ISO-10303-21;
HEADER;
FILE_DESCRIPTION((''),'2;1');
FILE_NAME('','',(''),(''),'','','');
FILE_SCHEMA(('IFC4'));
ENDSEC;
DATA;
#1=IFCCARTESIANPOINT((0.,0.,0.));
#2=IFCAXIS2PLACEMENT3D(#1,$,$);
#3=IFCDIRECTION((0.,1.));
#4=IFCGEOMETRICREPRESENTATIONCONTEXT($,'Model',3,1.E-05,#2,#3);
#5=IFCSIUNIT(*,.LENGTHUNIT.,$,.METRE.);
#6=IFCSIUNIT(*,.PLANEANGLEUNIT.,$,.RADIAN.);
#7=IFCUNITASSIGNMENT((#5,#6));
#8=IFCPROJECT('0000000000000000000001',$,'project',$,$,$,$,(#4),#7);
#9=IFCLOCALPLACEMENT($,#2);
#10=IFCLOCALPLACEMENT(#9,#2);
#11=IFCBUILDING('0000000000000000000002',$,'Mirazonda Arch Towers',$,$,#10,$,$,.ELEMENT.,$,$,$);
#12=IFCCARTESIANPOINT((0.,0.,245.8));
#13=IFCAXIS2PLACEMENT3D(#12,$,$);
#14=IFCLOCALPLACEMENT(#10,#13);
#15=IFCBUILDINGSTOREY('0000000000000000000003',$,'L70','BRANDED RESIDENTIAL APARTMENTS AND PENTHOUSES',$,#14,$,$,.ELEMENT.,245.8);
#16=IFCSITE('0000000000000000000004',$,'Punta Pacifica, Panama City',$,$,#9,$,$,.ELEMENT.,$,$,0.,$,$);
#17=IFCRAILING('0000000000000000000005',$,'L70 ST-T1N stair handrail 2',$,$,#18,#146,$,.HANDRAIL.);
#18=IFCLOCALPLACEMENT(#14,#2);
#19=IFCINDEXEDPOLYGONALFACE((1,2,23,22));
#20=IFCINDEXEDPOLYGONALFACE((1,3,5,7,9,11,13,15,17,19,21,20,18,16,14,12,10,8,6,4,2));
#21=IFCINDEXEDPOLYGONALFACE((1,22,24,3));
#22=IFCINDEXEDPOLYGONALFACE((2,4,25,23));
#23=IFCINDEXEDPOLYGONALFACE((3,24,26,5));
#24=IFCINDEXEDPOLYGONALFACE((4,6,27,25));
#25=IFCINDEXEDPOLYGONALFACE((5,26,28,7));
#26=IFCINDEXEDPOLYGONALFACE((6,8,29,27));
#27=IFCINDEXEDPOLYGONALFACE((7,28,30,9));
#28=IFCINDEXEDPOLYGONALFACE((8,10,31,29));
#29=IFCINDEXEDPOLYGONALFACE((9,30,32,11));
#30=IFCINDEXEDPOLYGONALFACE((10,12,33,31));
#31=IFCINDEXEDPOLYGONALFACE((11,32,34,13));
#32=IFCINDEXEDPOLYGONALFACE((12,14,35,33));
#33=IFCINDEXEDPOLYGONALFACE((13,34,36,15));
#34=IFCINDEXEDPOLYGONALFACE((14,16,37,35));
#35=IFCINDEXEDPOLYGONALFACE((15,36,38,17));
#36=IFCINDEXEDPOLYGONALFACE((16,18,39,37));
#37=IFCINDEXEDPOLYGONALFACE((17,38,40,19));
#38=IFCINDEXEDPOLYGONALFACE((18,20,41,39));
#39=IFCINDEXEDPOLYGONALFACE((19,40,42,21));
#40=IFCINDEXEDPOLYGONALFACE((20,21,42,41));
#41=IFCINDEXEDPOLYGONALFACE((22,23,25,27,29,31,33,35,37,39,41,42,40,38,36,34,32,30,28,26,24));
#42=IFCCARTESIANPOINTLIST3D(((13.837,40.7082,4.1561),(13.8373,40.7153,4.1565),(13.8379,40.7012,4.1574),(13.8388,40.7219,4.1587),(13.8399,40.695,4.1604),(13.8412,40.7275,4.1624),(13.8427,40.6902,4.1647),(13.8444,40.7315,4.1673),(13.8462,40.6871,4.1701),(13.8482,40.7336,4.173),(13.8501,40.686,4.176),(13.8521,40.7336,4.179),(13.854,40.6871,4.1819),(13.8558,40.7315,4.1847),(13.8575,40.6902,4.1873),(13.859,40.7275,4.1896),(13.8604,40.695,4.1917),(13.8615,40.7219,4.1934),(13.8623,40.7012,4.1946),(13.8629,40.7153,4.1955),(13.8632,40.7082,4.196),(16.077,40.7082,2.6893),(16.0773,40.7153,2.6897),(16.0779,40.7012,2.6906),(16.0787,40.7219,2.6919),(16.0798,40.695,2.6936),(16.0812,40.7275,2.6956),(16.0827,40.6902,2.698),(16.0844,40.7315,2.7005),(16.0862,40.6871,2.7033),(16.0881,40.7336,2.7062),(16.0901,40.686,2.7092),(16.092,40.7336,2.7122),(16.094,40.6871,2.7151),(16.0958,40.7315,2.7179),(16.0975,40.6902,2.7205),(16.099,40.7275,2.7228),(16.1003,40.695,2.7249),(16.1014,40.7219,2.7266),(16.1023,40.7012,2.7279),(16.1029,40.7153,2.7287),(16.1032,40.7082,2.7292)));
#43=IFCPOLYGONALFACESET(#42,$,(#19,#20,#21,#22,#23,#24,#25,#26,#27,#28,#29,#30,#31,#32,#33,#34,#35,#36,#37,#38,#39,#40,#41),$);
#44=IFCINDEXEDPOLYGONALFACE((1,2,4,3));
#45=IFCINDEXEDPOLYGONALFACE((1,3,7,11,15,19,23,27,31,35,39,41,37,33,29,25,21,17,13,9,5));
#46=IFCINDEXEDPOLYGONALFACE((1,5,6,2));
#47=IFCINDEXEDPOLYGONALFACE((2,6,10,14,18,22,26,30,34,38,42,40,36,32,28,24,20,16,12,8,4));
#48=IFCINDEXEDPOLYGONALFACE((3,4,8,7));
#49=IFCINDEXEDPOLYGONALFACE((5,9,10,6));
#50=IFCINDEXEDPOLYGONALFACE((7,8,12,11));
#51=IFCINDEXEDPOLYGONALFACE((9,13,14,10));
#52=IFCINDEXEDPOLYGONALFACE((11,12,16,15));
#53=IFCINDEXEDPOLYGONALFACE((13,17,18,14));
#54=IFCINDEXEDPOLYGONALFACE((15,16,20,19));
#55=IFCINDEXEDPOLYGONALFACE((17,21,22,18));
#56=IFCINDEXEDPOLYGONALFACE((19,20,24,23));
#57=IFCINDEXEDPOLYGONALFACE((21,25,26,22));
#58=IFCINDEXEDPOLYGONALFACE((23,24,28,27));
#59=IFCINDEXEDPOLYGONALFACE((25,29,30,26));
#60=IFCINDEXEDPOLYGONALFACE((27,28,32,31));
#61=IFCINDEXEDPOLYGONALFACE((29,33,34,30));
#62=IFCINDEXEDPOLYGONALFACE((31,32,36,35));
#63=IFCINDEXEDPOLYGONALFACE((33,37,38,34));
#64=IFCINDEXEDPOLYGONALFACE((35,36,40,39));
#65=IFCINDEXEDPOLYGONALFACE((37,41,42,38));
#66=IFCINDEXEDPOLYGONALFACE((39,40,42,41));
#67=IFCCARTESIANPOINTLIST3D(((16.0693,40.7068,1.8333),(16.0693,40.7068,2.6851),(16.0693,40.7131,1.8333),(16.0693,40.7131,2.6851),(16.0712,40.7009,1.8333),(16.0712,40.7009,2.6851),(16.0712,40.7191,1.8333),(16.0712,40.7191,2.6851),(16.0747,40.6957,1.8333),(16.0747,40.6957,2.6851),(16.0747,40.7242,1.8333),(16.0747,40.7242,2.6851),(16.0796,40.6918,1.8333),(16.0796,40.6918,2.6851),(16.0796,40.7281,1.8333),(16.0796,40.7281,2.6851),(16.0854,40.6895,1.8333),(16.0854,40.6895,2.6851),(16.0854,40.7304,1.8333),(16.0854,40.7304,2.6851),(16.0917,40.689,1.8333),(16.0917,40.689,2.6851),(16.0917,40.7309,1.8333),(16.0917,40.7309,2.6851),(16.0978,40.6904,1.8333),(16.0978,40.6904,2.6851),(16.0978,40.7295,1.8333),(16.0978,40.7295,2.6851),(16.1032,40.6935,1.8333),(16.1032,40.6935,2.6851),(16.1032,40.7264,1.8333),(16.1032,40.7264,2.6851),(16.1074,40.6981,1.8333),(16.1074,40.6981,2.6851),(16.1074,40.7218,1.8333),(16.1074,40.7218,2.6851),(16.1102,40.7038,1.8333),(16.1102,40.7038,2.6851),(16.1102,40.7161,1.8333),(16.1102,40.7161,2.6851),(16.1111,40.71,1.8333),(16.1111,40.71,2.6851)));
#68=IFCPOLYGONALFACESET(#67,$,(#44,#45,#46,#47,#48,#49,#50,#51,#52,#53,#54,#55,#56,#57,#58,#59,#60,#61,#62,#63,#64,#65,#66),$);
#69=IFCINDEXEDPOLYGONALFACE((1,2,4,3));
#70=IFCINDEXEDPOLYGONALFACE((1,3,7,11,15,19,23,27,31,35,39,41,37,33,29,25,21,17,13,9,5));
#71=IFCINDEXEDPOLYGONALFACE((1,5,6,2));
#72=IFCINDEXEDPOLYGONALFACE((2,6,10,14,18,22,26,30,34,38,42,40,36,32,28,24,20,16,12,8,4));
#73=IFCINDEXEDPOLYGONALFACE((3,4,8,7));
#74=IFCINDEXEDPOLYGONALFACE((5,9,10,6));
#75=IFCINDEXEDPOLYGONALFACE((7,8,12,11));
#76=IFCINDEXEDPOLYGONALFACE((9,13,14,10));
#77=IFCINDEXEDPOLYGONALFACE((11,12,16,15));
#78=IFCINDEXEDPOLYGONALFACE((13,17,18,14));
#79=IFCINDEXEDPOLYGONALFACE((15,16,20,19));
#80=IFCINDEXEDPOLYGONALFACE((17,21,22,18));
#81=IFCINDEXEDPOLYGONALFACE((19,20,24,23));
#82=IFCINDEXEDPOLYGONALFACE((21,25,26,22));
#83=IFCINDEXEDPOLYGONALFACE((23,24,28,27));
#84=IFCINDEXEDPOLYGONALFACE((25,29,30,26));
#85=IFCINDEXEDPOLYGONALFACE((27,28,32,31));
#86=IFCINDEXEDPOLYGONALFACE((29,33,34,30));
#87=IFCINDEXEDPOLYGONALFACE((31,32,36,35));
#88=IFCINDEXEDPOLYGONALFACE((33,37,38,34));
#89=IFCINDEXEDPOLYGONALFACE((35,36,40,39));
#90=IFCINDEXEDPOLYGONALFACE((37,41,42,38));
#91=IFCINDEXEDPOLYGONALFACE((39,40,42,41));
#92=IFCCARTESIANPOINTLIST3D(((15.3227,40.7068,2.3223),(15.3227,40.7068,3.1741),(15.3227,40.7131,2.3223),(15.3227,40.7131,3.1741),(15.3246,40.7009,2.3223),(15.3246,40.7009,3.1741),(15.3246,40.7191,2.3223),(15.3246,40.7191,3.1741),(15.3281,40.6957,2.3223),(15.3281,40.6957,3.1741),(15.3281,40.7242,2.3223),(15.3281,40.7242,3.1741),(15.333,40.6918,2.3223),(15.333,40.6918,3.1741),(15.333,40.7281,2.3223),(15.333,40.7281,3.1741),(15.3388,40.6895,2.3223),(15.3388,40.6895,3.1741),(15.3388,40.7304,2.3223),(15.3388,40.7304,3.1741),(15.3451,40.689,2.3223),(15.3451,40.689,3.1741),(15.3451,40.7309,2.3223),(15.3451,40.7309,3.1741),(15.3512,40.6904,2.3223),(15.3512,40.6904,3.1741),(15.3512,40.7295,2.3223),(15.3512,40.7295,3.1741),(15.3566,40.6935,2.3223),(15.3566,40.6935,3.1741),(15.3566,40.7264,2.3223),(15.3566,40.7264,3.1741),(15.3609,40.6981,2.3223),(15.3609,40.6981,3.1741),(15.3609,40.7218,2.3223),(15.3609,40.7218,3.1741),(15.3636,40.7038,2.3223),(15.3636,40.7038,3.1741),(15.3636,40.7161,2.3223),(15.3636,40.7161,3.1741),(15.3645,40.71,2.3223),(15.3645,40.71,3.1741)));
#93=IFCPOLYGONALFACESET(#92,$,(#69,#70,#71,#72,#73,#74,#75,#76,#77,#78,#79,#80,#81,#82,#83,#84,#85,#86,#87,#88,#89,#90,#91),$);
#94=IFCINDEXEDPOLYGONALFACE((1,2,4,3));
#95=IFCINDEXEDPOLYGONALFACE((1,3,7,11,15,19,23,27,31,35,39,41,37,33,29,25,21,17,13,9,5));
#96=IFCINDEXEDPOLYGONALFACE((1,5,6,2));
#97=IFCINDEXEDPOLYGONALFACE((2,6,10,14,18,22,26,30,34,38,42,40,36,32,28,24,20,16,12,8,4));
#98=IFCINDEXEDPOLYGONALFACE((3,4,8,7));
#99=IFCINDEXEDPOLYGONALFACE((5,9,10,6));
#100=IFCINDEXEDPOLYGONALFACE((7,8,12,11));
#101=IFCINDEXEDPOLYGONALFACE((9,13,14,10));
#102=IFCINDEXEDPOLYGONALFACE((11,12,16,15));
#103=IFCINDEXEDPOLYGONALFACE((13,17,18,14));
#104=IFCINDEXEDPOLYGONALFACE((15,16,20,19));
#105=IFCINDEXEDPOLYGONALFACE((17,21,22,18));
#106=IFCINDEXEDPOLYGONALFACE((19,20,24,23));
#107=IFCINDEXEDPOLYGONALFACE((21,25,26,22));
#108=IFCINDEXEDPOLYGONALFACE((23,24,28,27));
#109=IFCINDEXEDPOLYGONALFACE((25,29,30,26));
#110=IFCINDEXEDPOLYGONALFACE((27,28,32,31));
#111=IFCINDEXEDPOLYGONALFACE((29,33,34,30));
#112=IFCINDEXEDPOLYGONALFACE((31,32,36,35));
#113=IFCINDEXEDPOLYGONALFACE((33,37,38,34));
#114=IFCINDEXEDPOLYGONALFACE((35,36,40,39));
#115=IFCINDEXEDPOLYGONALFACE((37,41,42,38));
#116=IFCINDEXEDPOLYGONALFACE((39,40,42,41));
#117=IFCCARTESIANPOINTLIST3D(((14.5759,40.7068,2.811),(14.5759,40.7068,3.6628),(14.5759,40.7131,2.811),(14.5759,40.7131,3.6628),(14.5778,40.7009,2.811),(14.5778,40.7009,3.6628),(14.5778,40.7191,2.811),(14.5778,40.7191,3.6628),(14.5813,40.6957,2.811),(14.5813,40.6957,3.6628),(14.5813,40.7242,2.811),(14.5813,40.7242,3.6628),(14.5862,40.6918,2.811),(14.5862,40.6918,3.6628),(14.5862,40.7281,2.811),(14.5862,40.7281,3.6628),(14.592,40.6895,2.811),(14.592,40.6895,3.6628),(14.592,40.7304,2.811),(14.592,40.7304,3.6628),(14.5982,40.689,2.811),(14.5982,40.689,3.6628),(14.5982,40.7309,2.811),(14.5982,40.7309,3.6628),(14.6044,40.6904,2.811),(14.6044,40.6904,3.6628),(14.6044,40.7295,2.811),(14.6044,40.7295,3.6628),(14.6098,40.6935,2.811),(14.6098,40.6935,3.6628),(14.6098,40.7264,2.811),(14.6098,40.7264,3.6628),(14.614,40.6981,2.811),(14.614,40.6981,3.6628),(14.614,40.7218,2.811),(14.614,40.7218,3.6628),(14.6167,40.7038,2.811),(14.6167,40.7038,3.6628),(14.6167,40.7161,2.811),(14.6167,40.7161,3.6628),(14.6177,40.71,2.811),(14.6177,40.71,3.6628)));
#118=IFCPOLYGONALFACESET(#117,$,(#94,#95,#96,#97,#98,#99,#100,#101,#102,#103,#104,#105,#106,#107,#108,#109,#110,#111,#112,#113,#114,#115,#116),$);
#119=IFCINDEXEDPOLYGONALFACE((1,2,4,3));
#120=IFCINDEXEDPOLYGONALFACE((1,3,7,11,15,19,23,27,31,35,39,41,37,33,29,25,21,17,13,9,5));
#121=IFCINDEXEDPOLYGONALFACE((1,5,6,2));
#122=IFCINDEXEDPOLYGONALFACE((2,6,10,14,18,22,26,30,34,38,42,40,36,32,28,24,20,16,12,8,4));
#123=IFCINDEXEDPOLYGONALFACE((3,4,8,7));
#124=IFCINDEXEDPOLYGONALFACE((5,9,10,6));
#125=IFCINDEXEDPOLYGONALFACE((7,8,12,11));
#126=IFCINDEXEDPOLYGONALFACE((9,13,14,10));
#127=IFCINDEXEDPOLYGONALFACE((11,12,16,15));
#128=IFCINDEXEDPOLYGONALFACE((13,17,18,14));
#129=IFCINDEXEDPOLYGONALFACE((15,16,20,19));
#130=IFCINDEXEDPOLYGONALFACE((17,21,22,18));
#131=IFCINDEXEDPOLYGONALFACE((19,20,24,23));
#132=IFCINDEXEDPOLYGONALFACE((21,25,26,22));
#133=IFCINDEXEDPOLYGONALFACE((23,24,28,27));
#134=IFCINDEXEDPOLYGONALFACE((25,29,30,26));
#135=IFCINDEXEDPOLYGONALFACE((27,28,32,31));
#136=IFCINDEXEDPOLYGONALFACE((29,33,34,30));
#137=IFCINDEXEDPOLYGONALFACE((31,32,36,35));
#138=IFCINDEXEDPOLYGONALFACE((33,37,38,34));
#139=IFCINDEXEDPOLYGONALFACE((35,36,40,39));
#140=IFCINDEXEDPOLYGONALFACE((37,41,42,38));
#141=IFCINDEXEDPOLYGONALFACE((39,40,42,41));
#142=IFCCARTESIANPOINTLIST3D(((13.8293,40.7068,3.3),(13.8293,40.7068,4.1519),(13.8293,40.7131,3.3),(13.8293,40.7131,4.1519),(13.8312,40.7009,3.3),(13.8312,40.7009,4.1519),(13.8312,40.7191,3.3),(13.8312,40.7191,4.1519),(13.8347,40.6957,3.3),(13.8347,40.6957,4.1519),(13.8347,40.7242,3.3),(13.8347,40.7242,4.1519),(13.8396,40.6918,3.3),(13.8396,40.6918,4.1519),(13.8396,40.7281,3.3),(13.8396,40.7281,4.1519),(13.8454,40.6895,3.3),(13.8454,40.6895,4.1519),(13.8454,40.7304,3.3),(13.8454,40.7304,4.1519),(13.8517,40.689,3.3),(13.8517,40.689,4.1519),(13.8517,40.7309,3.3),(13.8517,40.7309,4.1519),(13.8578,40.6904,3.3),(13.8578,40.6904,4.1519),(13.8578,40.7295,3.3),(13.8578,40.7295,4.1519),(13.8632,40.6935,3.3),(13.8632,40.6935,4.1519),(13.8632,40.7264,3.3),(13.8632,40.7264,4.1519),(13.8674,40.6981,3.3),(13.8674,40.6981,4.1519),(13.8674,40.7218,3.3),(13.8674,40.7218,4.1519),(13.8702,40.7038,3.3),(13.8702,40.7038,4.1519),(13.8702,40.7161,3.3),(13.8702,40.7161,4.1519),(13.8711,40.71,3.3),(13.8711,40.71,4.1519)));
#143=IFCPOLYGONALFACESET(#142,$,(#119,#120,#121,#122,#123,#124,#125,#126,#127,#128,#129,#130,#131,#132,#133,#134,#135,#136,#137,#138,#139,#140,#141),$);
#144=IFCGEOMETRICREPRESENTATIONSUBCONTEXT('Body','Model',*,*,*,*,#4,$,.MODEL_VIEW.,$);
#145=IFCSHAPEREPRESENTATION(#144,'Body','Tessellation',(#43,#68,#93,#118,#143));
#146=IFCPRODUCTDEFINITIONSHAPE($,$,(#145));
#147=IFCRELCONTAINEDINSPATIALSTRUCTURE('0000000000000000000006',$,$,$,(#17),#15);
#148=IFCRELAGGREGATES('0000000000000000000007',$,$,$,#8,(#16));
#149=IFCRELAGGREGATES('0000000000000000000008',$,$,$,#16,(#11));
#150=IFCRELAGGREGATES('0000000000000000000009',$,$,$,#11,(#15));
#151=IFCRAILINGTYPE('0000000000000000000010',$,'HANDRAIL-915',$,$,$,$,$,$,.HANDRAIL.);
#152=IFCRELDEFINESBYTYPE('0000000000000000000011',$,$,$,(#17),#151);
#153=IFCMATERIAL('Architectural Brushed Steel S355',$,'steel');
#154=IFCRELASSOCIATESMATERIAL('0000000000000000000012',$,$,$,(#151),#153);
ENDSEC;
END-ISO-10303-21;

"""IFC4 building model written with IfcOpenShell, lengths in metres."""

from ifc_helpers import new_model, si_unit, direction, frame, origin, origin_2d, place, context, subcontext, project, spatial, circle, extrude, material, type_object, element, save


model = new_model("IFC4")

# Units and contexts
model_context = context("Model", 3, precision=1e-05, world=origin(), true_north=direction((0.0, 1.0)))
body_context = subcontext(model_context, "Body", "Model", "MODEL_VIEW")
ifc_project = project(units=[si_unit("LENGTHUNIT", "METRE"), si_unit("PLANEANGLEUNIT", "RADIAN")], contexts=[model_context])

# Site, building, storey
site_placement = place(None, origin())
site = spatial("IfcSite", under=ifc_project, at=site_placement, Name="Punta Pacifica, Panama City", CompositionType="ELEMENT", RefElevation=0.0)
building_placement = place(site_placement, origin())
building = spatial("IfcBuilding", under=site, at=building_placement, Name="Mirazonda Arch Towers", CompositionType="ELEMENT")
storey_placement = place(building_placement, frame((0.0, 0.0, 245.8)))
storey = spatial("IfcBuildingStorey", under=building, at=storey_placement, Name="L70", Description="BRANDED RESIDENTIAL APARTMENTS AND PENTHOUSES", CompositionType="ELEMENT", Elevation=245.8)

# Railing
ifc_material_1 = material(Name="Architectural Brushed Steel S355", Category="steel")
railing_type_1 = type_object("IfcRailingType", Name="HANDRAIL-915", PredefinedType="HANDRAIL", material=ifc_material_1)
railing_1_placement = place(storey_placement, frame((16.0901, 40.71, 1.8333)))
element("IfcRailing", 1, at=railing_1_placement, inside=storey, type_object=railing_type_1, Name="L70 ST-T1N stair handrail 2", PredefinedType="HANDRAIL", context=body_context, shape_type="SweptSolid", body=[
    extrude(circle(Radius=0.0239, at=origin_2d()), frame((0.0, 0.0, 0.876), z_axis=(-0.836595, 0.0, 0.547822), x_axis=(0.0, -1.0, 0.0)), (0.0, 0.0, 1.0), 2.6775),
    extrude(circle(Radius=0.021, at=origin_2d()), origin(), (0.0, 0.0, 1.0), 0.8518),
    extrude(circle(Radius=0.021, at=origin_2d()), frame((-0.7466, 0.0, 0.489)), (0.0, 0.0, 1.0), 0.8518),
    extrude(circle(Radius=0.021, at=origin_2d()), frame((-1.4934, 0.0, 0.9778)), (0.0, 0.0, 1.0), 0.8518),
    extrude(circle(Radius=0.021, at=origin_2d()), frame((-2.24, 0.0, 1.4668)), (0.0, 0.0, 1.0), 0.8518),
])

save(model, "model.ifc")
